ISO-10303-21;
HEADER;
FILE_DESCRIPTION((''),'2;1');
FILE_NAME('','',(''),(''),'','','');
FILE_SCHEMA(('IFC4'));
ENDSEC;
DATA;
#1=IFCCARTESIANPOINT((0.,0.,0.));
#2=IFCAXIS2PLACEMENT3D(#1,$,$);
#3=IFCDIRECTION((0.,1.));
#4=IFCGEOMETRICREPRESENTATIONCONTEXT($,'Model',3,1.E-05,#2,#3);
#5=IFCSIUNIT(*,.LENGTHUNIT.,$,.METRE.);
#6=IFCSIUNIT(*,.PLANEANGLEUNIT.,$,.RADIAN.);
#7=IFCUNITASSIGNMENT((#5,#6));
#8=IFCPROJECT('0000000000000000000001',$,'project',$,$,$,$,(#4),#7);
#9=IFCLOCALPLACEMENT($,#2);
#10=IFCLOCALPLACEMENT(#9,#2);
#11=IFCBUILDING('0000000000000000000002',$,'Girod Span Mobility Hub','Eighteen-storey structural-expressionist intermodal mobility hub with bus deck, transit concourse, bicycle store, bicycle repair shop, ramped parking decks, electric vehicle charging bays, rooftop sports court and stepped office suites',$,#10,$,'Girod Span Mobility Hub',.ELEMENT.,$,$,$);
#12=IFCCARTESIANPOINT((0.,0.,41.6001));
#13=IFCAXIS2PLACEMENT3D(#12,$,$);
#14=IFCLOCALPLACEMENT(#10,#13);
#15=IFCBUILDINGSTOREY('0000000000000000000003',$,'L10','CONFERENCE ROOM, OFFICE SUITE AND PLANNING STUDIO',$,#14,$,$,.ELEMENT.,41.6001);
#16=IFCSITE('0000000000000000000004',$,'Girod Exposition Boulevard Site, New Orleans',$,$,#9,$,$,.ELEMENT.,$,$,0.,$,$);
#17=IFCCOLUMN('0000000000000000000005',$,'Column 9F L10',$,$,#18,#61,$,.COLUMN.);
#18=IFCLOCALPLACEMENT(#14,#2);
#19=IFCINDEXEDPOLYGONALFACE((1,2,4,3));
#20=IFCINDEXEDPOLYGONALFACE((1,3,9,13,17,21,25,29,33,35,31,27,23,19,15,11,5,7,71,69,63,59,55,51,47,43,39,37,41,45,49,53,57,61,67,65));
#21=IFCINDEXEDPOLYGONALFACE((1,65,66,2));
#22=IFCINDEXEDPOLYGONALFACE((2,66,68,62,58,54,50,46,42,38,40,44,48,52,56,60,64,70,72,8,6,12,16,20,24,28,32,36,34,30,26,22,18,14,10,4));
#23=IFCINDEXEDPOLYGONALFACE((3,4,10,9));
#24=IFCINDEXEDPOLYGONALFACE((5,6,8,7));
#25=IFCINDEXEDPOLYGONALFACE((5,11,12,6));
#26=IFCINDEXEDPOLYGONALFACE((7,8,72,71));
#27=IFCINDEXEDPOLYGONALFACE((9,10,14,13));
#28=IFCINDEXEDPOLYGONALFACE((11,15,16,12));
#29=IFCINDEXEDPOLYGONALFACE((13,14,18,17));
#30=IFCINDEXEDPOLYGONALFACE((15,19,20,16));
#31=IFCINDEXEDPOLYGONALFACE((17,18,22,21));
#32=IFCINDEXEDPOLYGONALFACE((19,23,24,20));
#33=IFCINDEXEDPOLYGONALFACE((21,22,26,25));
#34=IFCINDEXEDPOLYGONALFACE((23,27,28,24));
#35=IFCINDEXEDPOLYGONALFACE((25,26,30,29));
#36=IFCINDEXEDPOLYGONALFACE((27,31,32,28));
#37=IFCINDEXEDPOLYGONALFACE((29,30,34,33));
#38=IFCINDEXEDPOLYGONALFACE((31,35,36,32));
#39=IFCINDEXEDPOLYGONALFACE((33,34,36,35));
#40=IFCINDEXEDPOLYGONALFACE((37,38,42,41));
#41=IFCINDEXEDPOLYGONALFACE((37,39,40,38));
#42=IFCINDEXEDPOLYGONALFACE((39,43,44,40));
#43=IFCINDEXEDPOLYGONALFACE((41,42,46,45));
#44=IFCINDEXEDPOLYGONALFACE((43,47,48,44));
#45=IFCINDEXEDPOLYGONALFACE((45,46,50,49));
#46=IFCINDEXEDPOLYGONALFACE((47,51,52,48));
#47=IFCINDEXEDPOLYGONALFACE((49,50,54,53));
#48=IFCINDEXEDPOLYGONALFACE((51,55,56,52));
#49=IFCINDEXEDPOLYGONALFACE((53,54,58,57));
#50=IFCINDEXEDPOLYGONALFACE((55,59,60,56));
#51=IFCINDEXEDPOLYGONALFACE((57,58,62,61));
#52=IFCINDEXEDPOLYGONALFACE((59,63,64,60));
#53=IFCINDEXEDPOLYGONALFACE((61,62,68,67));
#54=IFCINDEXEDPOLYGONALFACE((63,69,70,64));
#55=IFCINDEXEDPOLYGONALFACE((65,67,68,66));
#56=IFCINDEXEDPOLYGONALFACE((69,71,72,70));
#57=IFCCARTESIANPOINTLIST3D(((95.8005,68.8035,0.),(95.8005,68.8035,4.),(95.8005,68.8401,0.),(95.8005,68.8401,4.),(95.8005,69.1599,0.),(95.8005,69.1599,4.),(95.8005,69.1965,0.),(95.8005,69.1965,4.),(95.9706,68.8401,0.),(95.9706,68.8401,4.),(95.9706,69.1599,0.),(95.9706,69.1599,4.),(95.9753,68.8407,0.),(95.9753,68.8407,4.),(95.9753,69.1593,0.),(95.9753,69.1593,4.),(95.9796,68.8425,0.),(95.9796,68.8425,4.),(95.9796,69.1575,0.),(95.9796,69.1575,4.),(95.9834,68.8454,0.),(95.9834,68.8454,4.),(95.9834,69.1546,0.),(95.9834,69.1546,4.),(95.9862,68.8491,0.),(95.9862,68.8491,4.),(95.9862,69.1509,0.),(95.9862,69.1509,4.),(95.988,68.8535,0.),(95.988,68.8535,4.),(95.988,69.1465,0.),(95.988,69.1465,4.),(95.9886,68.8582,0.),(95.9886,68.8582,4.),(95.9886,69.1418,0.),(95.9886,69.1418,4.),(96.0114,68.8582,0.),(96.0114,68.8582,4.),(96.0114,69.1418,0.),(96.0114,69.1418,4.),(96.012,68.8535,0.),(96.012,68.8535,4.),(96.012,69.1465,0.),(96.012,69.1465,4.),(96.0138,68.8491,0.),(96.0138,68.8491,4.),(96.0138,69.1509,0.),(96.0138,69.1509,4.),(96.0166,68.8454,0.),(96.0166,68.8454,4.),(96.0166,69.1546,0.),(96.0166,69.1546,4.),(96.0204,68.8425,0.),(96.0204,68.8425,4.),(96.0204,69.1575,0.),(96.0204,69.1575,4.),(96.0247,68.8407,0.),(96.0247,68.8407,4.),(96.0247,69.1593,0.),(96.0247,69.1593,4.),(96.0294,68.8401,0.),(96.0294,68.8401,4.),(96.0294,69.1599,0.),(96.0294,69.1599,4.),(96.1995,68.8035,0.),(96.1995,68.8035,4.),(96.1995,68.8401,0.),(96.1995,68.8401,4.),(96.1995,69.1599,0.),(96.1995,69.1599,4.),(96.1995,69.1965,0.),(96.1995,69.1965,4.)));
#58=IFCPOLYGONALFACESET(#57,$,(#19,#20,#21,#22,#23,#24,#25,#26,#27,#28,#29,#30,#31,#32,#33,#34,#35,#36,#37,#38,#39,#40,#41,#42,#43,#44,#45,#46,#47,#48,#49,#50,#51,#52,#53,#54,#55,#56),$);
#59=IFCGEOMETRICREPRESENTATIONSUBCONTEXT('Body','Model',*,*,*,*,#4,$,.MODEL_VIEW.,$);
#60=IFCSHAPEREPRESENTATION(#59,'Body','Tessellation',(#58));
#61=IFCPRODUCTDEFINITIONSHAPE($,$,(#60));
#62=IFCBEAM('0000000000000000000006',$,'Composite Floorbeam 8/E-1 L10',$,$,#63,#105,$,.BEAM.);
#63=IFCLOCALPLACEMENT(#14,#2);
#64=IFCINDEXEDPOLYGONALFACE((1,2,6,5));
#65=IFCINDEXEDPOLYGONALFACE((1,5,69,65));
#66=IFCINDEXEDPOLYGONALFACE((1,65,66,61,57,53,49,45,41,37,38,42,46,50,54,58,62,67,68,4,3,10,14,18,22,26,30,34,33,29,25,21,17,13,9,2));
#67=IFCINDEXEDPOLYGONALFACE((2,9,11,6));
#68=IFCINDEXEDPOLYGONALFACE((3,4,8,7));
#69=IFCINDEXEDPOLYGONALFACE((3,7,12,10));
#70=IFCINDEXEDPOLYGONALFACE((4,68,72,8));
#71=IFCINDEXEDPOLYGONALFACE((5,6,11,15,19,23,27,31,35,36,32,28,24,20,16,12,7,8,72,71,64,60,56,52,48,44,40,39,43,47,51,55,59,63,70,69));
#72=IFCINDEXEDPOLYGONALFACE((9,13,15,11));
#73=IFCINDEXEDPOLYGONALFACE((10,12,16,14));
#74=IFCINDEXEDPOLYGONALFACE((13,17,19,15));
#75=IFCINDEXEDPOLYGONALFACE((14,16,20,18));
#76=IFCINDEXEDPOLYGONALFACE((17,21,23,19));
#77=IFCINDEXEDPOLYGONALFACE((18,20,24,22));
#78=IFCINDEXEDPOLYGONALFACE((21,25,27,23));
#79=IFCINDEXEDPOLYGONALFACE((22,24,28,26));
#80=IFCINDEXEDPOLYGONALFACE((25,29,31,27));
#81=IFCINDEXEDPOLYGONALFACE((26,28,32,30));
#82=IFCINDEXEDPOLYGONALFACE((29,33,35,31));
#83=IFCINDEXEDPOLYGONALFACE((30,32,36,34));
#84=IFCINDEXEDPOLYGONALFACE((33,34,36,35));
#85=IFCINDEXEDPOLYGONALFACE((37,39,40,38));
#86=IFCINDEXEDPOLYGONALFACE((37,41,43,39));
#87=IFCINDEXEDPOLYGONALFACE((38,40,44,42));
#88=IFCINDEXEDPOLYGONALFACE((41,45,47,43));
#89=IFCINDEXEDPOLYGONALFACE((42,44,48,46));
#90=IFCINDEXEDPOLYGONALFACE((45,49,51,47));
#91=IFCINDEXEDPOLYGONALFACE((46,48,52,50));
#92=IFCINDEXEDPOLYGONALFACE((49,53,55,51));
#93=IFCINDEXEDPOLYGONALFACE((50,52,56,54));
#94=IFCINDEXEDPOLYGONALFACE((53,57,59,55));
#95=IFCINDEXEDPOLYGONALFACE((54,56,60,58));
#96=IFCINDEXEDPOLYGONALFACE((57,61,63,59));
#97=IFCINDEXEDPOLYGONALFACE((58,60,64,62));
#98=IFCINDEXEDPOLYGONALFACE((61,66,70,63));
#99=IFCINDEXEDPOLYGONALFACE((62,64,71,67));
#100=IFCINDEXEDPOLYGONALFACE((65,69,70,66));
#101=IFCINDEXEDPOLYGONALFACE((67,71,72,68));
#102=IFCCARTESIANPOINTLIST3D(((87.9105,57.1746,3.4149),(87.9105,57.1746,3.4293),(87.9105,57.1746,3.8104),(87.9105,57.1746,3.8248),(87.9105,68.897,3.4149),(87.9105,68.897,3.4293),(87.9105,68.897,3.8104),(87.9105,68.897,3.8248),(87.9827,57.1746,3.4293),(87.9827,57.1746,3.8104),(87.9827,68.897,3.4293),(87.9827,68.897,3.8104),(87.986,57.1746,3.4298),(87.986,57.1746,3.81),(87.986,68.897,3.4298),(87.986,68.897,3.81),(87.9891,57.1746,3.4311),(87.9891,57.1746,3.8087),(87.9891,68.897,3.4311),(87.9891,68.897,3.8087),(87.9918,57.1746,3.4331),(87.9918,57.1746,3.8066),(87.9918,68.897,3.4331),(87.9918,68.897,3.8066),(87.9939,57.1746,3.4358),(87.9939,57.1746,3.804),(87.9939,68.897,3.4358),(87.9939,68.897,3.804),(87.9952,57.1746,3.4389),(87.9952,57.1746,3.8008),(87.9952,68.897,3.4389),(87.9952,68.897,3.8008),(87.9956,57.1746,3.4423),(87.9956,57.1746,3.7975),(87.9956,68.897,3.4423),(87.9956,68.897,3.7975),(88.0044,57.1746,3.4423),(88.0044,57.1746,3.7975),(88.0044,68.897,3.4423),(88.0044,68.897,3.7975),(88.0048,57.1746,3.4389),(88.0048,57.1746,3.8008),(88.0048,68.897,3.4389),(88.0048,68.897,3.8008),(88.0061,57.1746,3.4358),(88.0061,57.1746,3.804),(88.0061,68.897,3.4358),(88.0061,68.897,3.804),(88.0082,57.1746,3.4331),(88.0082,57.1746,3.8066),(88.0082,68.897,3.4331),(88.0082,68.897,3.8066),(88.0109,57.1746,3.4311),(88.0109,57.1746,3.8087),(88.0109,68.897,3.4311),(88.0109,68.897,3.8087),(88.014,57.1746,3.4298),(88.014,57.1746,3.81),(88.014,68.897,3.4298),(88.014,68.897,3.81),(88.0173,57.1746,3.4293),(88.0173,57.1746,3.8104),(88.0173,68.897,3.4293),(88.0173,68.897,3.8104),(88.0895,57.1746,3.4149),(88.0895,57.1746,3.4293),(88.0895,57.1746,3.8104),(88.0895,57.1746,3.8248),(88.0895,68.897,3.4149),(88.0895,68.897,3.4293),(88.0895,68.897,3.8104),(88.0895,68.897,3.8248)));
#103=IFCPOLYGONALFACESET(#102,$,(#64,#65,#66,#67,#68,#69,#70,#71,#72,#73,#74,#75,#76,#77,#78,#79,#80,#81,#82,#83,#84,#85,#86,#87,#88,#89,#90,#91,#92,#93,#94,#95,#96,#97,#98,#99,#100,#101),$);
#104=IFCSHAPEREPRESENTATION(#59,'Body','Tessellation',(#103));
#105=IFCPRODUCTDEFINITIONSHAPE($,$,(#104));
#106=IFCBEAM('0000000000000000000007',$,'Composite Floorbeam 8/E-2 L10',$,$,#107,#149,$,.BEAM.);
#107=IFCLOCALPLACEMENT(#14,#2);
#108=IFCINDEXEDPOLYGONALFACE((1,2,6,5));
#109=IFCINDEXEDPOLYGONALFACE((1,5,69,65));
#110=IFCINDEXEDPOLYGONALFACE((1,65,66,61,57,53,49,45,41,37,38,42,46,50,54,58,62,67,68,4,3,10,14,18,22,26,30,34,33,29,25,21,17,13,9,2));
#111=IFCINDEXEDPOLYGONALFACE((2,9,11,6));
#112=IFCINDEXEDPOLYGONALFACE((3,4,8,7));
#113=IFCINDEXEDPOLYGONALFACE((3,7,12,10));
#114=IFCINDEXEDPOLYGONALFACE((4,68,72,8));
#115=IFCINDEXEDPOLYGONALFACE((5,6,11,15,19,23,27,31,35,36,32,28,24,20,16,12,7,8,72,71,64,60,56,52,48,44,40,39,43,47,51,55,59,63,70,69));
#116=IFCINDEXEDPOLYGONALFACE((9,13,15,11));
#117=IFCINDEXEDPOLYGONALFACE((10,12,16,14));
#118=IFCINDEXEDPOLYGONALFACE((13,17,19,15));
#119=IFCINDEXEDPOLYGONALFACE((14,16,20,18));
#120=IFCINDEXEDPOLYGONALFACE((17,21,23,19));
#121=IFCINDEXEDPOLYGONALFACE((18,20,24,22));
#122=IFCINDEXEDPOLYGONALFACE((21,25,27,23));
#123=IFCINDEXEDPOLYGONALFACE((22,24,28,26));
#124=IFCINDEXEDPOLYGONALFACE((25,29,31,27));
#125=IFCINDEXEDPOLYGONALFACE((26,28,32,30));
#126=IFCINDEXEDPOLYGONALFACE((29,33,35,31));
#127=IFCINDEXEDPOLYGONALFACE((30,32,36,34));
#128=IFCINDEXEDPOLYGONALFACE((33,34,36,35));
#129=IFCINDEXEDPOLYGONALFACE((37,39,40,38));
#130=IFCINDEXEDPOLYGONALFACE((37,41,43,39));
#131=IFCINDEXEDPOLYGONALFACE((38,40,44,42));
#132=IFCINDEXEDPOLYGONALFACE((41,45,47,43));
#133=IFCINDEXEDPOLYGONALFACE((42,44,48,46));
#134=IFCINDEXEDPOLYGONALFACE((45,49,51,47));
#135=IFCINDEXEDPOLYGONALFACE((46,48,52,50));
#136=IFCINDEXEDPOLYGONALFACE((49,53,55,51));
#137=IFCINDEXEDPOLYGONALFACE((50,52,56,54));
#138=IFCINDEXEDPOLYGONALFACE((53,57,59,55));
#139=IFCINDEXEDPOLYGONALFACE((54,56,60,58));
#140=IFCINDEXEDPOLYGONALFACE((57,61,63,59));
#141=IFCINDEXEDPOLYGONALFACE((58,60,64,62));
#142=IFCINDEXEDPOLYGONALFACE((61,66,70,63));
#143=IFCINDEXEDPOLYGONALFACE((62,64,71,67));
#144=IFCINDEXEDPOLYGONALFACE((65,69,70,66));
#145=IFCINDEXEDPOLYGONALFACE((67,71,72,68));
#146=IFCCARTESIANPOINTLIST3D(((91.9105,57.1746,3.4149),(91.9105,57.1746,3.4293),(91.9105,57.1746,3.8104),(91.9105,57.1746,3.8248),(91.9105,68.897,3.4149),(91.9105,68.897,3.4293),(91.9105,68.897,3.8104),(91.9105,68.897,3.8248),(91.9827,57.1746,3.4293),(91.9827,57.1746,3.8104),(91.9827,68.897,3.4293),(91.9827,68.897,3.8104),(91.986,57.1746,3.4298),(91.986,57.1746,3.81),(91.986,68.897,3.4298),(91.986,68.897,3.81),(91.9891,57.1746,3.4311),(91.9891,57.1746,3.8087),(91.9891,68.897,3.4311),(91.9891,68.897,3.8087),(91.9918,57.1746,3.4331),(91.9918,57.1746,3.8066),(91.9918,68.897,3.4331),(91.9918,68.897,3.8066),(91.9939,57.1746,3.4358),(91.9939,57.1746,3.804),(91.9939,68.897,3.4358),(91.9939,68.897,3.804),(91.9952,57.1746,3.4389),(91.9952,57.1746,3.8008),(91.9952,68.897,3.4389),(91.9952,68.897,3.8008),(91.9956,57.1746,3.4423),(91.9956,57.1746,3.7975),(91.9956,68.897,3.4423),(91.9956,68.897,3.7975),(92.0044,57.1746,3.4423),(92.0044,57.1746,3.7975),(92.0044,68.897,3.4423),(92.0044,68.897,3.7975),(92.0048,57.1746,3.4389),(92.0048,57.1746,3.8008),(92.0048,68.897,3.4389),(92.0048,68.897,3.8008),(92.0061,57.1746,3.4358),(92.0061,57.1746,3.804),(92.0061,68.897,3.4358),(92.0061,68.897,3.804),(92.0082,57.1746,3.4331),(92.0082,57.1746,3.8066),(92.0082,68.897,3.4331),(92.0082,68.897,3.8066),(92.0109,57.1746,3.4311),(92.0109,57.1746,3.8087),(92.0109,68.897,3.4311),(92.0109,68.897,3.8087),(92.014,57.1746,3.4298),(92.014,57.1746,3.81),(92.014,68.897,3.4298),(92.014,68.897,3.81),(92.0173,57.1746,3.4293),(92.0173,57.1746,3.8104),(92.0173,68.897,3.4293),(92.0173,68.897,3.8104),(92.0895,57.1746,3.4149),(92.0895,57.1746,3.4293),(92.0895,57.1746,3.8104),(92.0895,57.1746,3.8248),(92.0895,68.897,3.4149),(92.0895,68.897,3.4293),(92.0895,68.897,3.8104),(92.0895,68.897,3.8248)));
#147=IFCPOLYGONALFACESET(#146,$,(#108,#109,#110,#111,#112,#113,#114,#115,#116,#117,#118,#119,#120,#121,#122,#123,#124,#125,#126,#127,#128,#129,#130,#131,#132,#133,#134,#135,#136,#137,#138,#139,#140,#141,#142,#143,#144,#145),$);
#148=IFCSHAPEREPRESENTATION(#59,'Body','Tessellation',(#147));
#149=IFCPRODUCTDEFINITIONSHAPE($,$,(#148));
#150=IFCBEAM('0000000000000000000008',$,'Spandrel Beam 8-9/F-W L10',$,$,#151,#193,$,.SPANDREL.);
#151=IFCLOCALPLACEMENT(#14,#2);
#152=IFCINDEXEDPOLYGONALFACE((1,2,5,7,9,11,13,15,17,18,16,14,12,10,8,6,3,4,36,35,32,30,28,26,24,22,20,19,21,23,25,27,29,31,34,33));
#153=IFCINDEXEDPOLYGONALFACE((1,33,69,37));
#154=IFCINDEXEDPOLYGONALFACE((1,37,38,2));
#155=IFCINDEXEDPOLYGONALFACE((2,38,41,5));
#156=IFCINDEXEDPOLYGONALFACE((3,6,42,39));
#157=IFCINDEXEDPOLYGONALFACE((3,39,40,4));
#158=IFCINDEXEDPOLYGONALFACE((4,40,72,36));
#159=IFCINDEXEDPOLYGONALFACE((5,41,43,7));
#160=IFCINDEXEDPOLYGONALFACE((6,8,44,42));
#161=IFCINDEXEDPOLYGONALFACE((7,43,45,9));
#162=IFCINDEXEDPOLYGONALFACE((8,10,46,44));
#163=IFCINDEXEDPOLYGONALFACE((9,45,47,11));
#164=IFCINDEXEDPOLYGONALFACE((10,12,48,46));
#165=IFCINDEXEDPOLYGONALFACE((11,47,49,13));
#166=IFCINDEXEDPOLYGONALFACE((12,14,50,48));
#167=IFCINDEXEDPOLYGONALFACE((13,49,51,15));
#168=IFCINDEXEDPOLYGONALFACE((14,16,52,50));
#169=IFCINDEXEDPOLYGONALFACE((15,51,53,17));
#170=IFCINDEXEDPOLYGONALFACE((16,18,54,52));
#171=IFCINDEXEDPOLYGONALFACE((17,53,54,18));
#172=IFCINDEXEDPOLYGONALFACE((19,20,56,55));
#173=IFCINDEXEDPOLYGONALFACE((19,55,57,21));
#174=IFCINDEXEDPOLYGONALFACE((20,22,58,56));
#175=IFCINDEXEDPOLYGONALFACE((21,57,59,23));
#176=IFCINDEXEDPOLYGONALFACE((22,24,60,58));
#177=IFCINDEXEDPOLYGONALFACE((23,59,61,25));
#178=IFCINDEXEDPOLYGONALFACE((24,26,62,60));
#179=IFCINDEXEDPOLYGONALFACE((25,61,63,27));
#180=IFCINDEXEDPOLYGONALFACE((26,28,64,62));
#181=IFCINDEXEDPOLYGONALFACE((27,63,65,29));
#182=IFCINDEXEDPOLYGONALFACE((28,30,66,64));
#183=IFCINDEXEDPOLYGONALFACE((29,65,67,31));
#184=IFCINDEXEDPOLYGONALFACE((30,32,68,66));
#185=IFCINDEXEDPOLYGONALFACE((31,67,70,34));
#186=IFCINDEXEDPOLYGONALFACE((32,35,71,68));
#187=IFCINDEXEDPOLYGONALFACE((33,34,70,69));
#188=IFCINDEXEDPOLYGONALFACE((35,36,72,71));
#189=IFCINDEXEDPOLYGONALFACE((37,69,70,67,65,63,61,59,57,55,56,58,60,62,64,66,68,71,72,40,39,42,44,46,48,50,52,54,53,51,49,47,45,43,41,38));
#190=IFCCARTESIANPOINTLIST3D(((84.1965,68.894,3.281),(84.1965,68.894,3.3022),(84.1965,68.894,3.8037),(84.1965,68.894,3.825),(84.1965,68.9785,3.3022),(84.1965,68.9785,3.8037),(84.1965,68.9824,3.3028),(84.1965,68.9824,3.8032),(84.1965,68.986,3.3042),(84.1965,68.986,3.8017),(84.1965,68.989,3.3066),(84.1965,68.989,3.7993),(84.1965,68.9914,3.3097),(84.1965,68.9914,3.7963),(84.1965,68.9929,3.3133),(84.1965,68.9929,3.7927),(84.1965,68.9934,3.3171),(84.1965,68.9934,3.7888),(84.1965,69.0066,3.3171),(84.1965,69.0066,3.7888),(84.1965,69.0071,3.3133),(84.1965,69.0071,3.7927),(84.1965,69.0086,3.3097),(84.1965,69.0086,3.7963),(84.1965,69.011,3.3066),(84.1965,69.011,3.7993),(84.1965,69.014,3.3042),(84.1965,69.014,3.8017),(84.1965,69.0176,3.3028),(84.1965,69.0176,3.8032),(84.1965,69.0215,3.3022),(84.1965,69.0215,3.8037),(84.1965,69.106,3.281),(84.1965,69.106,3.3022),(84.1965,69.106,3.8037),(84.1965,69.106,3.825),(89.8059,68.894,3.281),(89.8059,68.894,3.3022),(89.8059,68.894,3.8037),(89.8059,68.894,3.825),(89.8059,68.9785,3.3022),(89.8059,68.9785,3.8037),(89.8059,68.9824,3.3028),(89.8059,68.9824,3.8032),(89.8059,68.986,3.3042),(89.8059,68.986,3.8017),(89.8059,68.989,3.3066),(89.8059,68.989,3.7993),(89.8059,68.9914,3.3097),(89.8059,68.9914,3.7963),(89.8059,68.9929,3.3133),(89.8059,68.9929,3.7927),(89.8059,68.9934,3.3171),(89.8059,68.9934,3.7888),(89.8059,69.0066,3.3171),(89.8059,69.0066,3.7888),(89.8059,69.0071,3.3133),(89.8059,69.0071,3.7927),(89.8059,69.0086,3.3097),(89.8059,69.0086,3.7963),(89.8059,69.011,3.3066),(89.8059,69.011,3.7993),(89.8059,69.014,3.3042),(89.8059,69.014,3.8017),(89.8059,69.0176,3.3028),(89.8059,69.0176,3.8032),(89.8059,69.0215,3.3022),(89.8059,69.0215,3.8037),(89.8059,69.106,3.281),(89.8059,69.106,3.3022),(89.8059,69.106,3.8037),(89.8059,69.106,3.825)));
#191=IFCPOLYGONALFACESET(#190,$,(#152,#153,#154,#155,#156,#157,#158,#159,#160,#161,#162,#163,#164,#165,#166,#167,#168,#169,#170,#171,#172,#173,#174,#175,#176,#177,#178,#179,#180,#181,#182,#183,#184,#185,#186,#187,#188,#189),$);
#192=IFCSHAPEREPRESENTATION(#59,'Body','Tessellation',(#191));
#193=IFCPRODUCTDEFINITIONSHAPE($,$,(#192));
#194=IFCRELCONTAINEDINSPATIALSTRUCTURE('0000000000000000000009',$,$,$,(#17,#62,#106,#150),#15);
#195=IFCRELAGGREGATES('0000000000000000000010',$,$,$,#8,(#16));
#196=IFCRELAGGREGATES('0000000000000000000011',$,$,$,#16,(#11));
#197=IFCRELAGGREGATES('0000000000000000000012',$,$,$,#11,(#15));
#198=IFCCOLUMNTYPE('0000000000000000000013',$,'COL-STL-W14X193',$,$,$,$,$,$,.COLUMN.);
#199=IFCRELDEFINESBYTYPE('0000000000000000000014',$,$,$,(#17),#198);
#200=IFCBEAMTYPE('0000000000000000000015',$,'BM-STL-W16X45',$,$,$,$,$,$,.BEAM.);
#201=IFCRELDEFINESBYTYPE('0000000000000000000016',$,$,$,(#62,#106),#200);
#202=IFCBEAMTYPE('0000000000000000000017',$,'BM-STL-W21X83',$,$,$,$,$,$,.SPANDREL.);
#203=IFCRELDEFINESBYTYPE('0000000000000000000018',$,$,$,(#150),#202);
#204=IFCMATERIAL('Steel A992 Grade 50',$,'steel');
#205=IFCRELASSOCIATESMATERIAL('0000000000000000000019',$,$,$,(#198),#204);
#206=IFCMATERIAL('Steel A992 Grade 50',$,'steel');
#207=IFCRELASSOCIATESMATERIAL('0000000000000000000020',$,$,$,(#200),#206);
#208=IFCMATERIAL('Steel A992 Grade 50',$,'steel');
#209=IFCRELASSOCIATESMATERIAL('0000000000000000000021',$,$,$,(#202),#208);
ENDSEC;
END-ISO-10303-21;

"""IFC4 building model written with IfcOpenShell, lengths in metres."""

from ifc_helpers import new_model, si_unit, direction, frame, origin, origin_2d, place, context, subcontext, project, spatial, i_section, extrude, material, material_profile, profile_set, type_object, element, save


model = new_model("IFC4")

# Units and contexts
model_context = context("Model", 3, precision=1e-05, world=origin(), true_north=direction((0.0, 1.0)))
body_context = subcontext(model_context, "Body", "Model", "MODEL_VIEW")
ifc_project = project(units=[si_unit("LENGTHUNIT", "METRE"), si_unit("PLANEANGLEUNIT", "RADIAN")], contexts=[model_context])

# Site, building, storey
site_placement = place(None, origin())
site = spatial("IfcSite", under=ifc_project, at=site_placement, Name="Girod Exposition Boulevard Site, New Orleans", CompositionType="ELEMENT", RefElevation=0.0)
building_placement = place(site_placement, origin())
building = spatial("IfcBuilding", under=site, at=building_placement, Name="Girod Span Mobility Hub", Description="Eighteen-storey structural-expressionist intermodal mobility hub with bus deck, transit concourse, bicycle store, bicycle repair shop, ramped parking decks, electric vehicle charging bays, rooftop sports court and stepped office suites", LongName="Girod Span Mobility Hub", CompositionType="ELEMENT")
storey_placement = place(building_placement, frame((0.0, 0.0, 41.6001)))
storey = spatial("IfcBuildingStorey", under=building, at=storey_placement, Name="L10", Description="CONFERENCE ROOM, OFFICE SUITE AND PLANNING STUDIO", CompositionType="ELEMENT", Elevation=41.6001)

# Column
ifc_material_1 = material(Name="Steel A992 Grade 50", Category="steel")
ifc_material_profile_1 = material_profile(ifc_material_1, i_section(OverallWidth=0.3989, OverallDepth=0.3931, WebThickness=0.0227, FlangeThickness=0.0366, FilletRadius=0.0181, at=origin_2d()), Name="W14X193")
ifc_profile_set_1 = profile_set([ifc_material_profile_1], Name="Steel A992 Grade 50")
column_type_1 = type_object("IfcColumnType", Name="COL-STL-W14X193", PredefinedType="COLUMN", material=ifc_profile_set_1)
for number, where, z_axis, x_axis, name in (
    (1, (96.0, 69.0, 0.0), (0.0, 0.0, 1.0), (1.0, 0.0, 0.0), "Column 9F L10"),
):
    element("IfcColumn", number, at=place(storey_placement, frame(where, z_axis=z_axis, x_axis=x_axis)), inside=storey, type_object=column_type_1, Name=name, PredefinedType="COLUMN", context=body_context, shape_type="SweptSolid", body=[
        extrude(i_section(OverallWidth=0.3989, OverallDepth=0.3931, WebThickness=0.0227, FlangeThickness=0.0366, FilletRadius=0.0181, at=origin_2d()), origin(), (0.0, 0.0, 1.0), 4.0),
    ])

# Beams
ifc_material_2 = material(Name="Steel A992 Grade 50", Category="steel")
ifc_material_profile_2 = material_profile(ifc_material_2, i_section(OverallWidth=0.179, OverallDepth=0.4099, WebThickness=0.0088, FlangeThickness=0.0144, FilletRadius=0.0129, at=origin_2d()), Name="W16X45")
ifc_profile_set_2 = profile_set([ifc_material_profile_2], Name="Steel A992 Grade 50")
beam_type_1 = type_object("IfcBeamType", Name="BM-STL-W16X45", PredefinedType="BEAM", material=ifc_profile_set_2)
for number, where, z_axis, x_axis, name in (
    (2, (88.0, 57.1746, 3.6199), (0.0, 1.0, 0.0), (-1.0, 0.0, 0.0), "Composite Floorbeam 8/E-1 L10"),
    (3, (92.0, 57.1746, 3.6199), (0.0, 1.0, 0.0), (-1.0, 0.0, 0.0), "Composite Floorbeam 8/E-2 L10"),
):
    element("IfcBeam", number, at=place(storey_placement, frame(where, z_axis=z_axis, x_axis=x_axis)), inside=storey, type_object=beam_type_1, Name=name, PredefinedType="BEAM", context=body_context, shape_type="SweptSolid", body=[
        extrude(i_section(OverallWidth=0.179, OverallDepth=0.4099, WebThickness=0.0088, FlangeThickness=0.0144, FilletRadius=0.0129, at=origin_2d()), origin(), (0.0, 0.0, 1.0), 11.7224),
    ])
ifc_material_3 = material(Name="Steel A992 Grade 50", Category="steel")
ifc_material_profile_3 = material_profile(ifc_material_3, i_section(OverallWidth=0.2119, OverallDepth=0.5439, WebThickness=0.0132, FlangeThickness=0.0212, FilletRadius=0.0149, at=origin_2d()), Name="W21X83")
ifc_profile_set_3 = profile_set([ifc_material_profile_3], Name="Steel A992 Grade 50")
beam_type_2 = type_object("IfcBeamType", Name="BM-STL-W21X83", PredefinedType="SPANDREL", material=ifc_profile_set_3)
for number, where, z_axis, x_axis, name in (
    (4, (84.1965, 69.0, 3.553), (1.0, 0.0, 0.0), (0.0, 1.0, 0.0), "Spandrel Beam 8-9/F-W L10"),
):
    element("IfcBeam", number, at=place(storey_placement, frame(where, z_axis=z_axis, x_axis=x_axis)), inside=storey, type_object=beam_type_2, Name=name, PredefinedType="SPANDREL", context=body_context, shape_type="SweptSolid", body=[
        extrude(i_section(OverallWidth=0.2119, OverallDepth=0.5439, WebThickness=0.0132, FlangeThickness=0.0212, FilletRadius=0.0149, at=origin_2d()), origin(), (0.0, 0.0, 1.0), 5.6094),
    ])

save(model, "model.ifc")
